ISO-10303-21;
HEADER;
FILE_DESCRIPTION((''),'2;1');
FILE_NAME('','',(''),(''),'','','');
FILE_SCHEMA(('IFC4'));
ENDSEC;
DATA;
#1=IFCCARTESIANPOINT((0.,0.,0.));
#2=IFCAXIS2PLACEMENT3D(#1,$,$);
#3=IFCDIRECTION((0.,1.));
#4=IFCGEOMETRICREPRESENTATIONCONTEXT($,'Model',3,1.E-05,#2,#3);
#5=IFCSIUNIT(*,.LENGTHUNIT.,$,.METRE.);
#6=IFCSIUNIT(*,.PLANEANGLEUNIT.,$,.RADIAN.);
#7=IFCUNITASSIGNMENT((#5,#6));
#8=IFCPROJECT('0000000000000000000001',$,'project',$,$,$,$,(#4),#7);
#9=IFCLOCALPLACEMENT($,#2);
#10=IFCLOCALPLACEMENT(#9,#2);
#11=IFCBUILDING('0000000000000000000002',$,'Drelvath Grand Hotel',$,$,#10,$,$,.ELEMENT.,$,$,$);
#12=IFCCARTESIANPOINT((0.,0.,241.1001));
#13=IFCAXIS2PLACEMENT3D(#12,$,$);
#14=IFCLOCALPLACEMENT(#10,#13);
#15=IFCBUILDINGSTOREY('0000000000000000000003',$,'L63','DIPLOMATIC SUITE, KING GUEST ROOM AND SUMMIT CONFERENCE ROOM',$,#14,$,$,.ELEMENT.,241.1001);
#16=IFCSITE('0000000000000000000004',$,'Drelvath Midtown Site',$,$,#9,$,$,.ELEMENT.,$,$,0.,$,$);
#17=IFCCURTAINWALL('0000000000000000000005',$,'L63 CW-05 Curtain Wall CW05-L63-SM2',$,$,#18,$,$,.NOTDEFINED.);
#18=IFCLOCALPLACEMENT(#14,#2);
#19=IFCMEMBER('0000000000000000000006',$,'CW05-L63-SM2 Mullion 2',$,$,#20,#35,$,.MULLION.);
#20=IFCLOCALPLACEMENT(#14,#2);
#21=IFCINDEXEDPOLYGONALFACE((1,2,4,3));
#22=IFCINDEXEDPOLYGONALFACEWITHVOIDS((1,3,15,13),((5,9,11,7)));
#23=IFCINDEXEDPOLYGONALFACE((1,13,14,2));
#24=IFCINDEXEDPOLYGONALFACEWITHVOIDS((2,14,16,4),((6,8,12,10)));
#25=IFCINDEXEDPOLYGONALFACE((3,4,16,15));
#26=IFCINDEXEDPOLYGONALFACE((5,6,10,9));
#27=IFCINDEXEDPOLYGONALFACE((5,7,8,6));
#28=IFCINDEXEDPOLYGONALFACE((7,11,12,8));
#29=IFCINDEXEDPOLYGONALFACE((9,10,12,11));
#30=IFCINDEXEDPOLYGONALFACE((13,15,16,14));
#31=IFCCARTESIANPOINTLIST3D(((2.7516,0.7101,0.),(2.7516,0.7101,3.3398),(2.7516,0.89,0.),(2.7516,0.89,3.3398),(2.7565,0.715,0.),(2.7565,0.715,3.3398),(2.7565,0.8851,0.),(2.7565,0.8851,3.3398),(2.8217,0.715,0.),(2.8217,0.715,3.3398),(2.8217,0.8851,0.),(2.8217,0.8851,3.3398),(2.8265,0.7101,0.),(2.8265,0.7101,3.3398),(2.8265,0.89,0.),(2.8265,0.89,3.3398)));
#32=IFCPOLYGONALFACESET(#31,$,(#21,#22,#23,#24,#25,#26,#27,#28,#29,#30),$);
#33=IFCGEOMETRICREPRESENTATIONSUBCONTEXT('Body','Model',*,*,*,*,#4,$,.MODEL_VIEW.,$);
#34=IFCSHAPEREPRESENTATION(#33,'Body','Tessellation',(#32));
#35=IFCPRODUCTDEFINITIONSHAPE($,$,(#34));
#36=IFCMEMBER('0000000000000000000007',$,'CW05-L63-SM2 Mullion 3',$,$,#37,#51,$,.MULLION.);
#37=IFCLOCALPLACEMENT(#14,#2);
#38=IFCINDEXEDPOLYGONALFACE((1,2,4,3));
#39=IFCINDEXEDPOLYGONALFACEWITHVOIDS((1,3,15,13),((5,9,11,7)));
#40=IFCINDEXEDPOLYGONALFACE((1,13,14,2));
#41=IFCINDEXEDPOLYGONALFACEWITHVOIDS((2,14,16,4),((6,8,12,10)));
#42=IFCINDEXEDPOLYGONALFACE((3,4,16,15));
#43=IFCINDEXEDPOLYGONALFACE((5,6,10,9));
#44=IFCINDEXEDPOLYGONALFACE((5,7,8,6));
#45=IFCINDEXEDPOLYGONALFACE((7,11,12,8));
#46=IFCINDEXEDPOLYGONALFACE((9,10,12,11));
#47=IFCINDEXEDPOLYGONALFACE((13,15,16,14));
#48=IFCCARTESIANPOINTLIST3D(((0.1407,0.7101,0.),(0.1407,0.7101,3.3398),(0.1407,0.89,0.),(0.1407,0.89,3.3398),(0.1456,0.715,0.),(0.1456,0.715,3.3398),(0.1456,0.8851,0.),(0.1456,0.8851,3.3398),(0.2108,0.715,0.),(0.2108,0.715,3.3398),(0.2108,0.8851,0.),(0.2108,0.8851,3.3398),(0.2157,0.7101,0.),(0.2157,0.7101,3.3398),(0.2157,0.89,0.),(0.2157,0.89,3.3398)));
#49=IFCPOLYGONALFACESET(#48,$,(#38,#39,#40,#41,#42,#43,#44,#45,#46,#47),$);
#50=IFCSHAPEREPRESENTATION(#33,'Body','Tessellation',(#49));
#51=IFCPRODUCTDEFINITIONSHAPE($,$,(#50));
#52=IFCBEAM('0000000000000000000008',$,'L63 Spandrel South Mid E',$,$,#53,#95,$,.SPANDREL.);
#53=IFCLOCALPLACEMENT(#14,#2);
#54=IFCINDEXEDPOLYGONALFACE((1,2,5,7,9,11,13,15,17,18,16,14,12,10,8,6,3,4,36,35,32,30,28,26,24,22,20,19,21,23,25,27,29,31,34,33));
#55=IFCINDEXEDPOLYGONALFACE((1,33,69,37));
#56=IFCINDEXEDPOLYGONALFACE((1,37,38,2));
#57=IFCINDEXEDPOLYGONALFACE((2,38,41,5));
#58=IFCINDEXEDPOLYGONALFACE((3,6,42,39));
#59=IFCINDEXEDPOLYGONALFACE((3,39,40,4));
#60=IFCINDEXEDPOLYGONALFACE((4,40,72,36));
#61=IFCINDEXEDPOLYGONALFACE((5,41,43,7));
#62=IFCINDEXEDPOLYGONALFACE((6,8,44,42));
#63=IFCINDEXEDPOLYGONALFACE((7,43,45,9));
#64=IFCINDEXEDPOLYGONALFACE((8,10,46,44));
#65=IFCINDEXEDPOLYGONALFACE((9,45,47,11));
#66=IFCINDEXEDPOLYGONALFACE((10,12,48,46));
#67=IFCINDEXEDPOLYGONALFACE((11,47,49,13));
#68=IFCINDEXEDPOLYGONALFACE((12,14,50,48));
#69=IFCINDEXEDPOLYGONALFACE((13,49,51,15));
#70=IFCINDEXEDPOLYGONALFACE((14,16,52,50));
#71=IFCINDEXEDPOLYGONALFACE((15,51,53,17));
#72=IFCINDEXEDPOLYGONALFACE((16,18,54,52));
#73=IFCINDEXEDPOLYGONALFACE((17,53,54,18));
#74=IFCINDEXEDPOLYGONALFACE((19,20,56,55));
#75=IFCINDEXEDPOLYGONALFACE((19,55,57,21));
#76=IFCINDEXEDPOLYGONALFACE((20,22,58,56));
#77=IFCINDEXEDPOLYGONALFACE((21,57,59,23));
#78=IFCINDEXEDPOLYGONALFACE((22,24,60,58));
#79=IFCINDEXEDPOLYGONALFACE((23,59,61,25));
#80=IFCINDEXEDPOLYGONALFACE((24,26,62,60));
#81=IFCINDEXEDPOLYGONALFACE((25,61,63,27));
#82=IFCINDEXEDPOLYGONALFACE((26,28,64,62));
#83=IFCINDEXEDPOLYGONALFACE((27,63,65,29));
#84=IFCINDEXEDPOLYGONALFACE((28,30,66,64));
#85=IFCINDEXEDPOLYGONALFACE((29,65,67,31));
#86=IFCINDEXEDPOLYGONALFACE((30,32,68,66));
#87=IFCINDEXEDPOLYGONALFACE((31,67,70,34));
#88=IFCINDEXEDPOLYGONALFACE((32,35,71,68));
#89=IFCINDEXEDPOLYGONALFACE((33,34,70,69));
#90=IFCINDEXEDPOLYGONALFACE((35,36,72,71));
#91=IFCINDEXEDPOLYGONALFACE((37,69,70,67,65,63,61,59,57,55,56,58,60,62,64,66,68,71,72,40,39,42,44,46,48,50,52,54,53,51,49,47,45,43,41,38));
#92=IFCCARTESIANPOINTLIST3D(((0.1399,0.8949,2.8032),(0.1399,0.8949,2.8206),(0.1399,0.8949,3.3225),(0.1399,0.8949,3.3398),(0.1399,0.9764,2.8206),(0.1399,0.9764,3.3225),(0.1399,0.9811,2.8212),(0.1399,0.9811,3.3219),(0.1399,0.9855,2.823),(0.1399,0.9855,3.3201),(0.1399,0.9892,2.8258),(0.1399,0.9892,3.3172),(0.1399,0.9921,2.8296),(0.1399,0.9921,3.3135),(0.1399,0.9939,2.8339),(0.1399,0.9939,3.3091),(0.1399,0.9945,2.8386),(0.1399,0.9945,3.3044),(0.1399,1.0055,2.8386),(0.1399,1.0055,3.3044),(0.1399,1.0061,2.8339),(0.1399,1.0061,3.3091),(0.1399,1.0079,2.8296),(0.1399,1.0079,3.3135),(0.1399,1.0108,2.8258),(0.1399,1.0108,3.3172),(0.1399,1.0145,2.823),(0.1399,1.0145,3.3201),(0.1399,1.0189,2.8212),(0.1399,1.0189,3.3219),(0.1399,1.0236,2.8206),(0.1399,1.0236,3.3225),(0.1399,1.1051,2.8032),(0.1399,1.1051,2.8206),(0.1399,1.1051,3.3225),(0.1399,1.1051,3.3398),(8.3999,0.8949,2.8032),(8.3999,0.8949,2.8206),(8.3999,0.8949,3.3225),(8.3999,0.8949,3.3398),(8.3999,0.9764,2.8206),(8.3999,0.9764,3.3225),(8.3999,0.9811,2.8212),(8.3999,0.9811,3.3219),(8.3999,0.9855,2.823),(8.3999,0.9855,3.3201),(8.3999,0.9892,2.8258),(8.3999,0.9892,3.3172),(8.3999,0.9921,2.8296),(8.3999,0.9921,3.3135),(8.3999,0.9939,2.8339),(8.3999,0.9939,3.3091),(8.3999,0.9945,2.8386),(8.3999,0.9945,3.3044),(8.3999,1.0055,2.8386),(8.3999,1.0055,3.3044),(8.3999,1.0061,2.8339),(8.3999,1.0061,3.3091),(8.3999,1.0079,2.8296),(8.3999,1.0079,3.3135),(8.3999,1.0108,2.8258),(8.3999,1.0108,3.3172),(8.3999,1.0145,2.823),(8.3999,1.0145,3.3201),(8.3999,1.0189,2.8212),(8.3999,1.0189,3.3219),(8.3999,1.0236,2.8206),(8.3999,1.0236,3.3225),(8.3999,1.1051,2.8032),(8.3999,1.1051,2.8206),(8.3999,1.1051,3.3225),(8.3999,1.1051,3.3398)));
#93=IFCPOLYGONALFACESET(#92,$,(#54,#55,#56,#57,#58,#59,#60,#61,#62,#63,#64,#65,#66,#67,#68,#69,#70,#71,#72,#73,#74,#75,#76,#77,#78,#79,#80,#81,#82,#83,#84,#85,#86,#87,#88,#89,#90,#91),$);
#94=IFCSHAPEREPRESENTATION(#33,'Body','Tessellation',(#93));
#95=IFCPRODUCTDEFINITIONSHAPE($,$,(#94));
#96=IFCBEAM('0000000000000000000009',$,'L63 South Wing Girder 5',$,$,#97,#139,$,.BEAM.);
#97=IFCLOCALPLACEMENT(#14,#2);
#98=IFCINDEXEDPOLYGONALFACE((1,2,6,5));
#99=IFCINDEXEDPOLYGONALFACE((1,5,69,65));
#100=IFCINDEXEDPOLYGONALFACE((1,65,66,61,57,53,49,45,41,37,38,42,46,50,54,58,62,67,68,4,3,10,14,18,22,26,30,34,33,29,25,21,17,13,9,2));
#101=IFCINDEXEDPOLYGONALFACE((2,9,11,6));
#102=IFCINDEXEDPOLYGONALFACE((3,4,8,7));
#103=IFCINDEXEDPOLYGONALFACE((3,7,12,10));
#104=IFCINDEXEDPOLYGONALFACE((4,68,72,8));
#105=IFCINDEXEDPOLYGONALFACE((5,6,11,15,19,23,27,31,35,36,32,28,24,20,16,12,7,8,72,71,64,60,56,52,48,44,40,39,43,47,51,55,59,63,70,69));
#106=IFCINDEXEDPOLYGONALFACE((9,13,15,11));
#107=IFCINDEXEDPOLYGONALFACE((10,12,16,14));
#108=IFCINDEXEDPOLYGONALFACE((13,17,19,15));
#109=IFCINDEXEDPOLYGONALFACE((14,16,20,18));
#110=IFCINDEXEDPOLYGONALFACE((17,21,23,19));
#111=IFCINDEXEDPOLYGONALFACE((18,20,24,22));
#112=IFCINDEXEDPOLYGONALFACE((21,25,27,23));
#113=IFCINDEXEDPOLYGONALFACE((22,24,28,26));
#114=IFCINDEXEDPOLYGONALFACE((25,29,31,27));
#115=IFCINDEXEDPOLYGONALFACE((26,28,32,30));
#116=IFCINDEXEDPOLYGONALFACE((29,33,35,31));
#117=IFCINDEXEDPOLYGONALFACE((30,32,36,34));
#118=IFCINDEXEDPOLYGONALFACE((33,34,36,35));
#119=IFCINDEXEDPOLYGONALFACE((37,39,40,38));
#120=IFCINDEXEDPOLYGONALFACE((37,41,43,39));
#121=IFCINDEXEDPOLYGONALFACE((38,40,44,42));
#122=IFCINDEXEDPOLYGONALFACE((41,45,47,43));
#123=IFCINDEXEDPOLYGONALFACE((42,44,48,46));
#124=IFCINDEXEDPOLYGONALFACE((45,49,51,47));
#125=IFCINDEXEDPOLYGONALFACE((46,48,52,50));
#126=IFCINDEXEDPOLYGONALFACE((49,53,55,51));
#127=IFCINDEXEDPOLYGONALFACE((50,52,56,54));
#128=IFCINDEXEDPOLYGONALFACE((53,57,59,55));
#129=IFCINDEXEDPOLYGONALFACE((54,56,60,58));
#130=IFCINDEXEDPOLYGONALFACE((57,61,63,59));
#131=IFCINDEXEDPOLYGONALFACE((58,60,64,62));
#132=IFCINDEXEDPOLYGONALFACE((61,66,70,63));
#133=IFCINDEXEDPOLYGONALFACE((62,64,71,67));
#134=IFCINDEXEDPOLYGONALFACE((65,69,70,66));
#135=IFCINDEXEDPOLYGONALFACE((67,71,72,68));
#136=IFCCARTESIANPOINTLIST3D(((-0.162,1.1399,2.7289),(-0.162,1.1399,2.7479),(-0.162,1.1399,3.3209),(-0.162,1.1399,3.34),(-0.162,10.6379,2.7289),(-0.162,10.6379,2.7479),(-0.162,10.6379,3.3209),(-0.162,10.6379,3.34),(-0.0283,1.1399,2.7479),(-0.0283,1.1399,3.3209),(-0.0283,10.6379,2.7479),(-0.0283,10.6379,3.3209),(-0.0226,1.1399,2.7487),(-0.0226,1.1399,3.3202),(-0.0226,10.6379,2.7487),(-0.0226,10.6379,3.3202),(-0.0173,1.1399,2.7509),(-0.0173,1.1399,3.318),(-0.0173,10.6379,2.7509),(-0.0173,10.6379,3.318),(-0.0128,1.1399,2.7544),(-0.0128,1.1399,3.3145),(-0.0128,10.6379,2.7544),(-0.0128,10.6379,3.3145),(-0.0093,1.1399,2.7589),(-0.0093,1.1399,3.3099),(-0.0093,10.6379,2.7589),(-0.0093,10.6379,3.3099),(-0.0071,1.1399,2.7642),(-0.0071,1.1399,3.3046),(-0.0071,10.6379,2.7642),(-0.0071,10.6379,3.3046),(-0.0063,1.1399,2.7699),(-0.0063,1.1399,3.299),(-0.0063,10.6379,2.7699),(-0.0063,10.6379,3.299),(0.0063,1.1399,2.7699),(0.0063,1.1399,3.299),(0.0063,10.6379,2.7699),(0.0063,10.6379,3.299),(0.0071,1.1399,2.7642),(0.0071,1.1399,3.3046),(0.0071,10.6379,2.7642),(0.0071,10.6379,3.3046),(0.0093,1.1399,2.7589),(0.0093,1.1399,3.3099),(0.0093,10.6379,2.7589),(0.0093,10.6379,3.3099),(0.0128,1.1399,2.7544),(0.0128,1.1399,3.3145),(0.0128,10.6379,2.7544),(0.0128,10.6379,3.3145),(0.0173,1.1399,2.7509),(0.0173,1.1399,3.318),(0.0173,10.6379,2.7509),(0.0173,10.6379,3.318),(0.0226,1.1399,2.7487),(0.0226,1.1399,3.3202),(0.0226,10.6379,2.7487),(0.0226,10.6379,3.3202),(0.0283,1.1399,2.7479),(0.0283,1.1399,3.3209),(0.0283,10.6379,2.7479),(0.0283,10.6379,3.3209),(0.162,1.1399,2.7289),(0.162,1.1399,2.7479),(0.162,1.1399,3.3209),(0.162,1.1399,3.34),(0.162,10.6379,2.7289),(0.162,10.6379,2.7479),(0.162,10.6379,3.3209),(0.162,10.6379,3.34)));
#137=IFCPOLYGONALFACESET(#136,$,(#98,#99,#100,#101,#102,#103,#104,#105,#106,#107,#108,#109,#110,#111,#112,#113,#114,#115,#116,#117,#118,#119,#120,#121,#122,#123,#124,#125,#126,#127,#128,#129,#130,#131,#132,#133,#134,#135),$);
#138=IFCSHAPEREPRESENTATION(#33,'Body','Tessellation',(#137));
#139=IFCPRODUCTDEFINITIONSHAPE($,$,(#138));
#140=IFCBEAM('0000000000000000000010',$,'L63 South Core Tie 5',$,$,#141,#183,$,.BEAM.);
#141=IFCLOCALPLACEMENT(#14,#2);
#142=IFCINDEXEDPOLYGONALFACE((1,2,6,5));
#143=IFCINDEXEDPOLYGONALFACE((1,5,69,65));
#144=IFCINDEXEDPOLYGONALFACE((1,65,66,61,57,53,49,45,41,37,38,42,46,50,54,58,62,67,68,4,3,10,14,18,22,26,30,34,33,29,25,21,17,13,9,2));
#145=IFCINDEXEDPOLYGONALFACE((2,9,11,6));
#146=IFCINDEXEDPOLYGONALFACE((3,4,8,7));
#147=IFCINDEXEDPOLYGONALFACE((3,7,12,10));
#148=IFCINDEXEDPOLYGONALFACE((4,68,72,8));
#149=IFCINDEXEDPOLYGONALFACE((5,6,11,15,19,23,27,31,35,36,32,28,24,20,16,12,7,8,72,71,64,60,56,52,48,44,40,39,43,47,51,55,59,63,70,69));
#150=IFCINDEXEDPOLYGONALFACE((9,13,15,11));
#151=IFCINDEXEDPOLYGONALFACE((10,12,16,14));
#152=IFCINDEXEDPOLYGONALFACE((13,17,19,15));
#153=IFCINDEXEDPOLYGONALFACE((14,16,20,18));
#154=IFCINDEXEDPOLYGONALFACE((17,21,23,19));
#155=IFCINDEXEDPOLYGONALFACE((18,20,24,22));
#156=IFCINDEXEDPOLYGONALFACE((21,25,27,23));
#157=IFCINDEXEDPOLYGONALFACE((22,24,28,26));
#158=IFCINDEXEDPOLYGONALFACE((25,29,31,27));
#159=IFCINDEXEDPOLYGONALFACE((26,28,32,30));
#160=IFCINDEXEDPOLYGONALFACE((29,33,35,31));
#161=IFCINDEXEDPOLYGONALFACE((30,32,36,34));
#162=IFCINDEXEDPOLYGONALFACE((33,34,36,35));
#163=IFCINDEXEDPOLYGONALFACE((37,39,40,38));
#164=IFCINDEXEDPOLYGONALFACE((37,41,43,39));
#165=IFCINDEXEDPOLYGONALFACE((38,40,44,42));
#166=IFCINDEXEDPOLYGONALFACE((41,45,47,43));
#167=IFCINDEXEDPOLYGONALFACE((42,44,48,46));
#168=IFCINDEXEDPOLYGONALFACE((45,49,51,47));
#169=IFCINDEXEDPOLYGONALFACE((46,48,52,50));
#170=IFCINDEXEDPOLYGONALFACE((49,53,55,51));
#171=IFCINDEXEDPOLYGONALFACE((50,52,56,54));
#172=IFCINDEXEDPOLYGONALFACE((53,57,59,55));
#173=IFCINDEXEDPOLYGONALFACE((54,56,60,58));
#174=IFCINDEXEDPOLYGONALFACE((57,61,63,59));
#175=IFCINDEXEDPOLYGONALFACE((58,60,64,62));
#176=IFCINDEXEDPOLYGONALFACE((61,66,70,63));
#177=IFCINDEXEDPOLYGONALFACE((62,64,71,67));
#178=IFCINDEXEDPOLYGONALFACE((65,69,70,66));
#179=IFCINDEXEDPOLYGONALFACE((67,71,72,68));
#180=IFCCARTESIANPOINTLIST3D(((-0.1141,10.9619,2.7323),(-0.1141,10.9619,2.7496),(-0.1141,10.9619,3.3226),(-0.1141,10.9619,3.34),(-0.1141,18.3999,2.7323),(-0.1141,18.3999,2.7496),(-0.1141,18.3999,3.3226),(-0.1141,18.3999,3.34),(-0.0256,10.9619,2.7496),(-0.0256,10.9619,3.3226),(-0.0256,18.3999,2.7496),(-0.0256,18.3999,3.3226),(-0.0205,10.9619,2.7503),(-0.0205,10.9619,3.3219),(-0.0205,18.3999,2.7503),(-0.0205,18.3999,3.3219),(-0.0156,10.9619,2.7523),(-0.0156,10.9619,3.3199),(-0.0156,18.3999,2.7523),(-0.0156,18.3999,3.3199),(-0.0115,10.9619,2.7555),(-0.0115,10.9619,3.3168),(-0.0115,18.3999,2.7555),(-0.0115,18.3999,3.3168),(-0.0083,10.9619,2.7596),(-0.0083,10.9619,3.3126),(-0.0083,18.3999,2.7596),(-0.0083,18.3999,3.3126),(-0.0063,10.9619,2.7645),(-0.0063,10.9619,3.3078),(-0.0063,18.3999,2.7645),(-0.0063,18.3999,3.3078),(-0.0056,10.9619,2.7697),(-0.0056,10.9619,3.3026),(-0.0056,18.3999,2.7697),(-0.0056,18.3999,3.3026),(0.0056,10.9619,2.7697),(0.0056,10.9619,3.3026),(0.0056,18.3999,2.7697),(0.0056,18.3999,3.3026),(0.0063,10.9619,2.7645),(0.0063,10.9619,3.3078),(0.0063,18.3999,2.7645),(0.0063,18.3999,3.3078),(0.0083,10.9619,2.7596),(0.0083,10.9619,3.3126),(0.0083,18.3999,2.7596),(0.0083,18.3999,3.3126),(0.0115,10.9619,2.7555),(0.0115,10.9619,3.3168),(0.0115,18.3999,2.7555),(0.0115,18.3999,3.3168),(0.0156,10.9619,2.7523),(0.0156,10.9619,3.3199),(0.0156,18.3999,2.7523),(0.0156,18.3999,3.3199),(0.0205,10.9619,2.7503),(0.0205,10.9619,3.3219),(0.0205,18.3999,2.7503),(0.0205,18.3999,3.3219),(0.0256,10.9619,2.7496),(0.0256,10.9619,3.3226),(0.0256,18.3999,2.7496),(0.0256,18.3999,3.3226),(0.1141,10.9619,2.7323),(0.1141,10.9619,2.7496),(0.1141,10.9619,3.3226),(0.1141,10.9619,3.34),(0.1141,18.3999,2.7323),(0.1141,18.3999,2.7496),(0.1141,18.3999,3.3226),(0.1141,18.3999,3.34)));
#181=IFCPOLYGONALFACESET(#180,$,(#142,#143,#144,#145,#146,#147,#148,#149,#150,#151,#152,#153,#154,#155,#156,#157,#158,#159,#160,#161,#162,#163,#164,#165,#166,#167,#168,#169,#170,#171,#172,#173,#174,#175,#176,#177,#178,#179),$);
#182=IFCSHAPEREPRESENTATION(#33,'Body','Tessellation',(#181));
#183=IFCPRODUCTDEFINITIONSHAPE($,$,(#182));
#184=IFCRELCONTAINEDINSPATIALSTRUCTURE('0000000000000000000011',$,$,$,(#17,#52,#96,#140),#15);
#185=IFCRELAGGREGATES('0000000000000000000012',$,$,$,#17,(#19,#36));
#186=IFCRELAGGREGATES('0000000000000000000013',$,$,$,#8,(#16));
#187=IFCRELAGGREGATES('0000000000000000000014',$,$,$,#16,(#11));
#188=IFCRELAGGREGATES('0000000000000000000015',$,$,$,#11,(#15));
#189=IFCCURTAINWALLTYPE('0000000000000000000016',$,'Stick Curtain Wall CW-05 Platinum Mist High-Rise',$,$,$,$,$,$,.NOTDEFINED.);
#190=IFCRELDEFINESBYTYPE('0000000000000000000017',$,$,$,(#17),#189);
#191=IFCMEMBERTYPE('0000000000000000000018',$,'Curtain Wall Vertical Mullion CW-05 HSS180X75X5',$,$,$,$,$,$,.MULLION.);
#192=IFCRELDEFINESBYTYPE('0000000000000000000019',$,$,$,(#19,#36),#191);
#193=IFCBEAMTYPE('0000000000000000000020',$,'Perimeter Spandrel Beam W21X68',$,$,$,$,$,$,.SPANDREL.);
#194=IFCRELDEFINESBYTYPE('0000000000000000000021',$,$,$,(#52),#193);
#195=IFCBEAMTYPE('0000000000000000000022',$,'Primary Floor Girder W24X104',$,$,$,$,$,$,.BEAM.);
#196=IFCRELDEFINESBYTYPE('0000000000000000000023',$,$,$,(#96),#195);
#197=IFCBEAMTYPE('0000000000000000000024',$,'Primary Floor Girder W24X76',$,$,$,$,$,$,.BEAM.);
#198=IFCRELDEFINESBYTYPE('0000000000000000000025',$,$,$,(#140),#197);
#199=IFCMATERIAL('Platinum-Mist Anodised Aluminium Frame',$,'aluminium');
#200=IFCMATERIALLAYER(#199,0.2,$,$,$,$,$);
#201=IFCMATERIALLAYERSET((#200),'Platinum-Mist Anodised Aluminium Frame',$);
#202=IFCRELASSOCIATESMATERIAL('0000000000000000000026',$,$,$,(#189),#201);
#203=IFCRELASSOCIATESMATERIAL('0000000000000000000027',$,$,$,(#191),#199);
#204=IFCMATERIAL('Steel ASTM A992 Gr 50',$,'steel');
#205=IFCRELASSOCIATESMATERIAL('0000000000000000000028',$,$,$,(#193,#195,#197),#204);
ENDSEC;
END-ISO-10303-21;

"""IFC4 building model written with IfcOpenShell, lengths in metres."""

from ifc_helpers import new_model, si_unit, direction, frame, origin, origin_2d, place, context, subcontext, project, spatial, hollow_rectangle, i_section, extrude, material, layer, layer_set, material_profile, profile_set, type_object, element, aggregate, save


model = new_model("IFC4")

# Units and contexts
model_context = context("Model", 3, precision=1e-05, world=origin(), true_north=direction((0.0, 1.0)))
body_context = subcontext(model_context, "Body", "Model", "MODEL_VIEW")
ifc_project = project(units=[si_unit("LENGTHUNIT", "METRE"), si_unit("PLANEANGLEUNIT", "RADIAN")], contexts=[model_context])

# Site, building, storey
site_placement = place(None, origin())
site = spatial("IfcSite", under=ifc_project, at=site_placement, Name="Drelvath Midtown Site", CompositionType="ELEMENT", RefElevation=0.0)
building_placement = place(site_placement, origin())
building = spatial("IfcBuilding", under=site, at=building_placement, Name="Drelvath Grand Hotel", CompositionType="ELEMENT")
storey_placement = place(building_placement, frame((0.0, 0.0, 241.1001)))
storey = spatial("IfcBuildingStorey", under=building, at=storey_placement, Name="L63", Description="DIPLOMATIC SUITE, KING GUEST ROOM AND SUMMIT CONFERENCE ROOM", CompositionType="ELEMENT", Elevation=241.1001)

# Curtain wall
ifc_material_1 = material(Name="Platinum-Mist Anodised Aluminium Frame", Category="aluminium")
ifc_layer_1 = layer(ifc_material_1, 0.2)
ifc_layer_set_1 = layer_set([ifc_layer_1], Name="Platinum-Mist Anodised Aluminium Frame")
curtain_wall_type = type_object("IfcCurtainWallType", Name="Stick Curtain Wall CW-05 Platinum Mist High-Rise", PredefinedType="NOTDEFINED", material=ifc_layer_set_1)
curtain_wall_1_placement = place(storey_placement, origin())
curtain_wall_1 = element("IfcCurtainWall", 1, at=curtain_wall_1_placement, inside=storey, type_object=curtain_wall_type, Name="L63 CW-05 Curtain Wall CW05-L63-SM2", PredefinedType="NOTDEFINED")

# Members
ifc_material_profile_1 = material_profile(ifc_material_1, hollow_rectangle(XDim=0.075, YDim=0.1799, WallThickness=0.0049, at=origin_2d()), Name="HSS180X75X5")
ifc_profile_set_1 = profile_set([ifc_material_profile_1], Name="Platinum-Mist Anodised Aluminium Frame")
member_type_1 = type_object("IfcMemberType", Name="Curtain Wall Vertical Mullion CW-05 HSS180X75X5", PredefinedType="MULLION", material=ifc_profile_set_1)
member_1_placement = place(storey_placement, frame((2.7891, 0.8, 0.0), z_axis=(0.0, 0.0, 1.0), x_axis=(1.0, 0.0, 0.0)))
member_1 = element("IfcMember", 2, at=member_1_placement, type_object=member_type_1, Name="CW05-L63-SM2 Mullion 2", PredefinedType="MULLION", context=body_context, shape_type="SweptSolid", body=[
    extrude(hollow_rectangle(XDim=0.075, YDim=0.1799, WallThickness=0.0049, at=origin_2d()), origin(), (0.0, 0.0, 1.0), 3.3398),
])
member_2_placement = place(storey_placement, frame((0.1782, 0.8, 0.0), z_axis=(0.0, 0.0, 1.0), x_axis=(1.0, 0.0, 0.0)))
member_2 = element("IfcMember", 3, at=member_2_placement, type_object=member_type_1, Name="CW05-L63-SM2 Mullion 3", PredefinedType="MULLION", context=body_context, shape_type="SweptSolid", body=[
    extrude(hollow_rectangle(XDim=0.075, YDim=0.1799, WallThickness=0.0049, at=origin_2d()), origin(), (0.0, 0.0, 1.0), 3.3398),
])

# Beams
ifc_material_2 = material(Name="Steel ASTM A992 Gr 50", Category="steel")
ifc_material_profile_2 = material_profile(ifc_material_2, i_section(OverallWidth=0.2102, OverallDepth=0.5366, WebThickness=0.011, FlangeThickness=0.0173, FilletRadius=0.0181, at=origin_2d()), Name="W21X68")
ifc_profile_set_2 = profile_set([ifc_material_profile_2], Name="Steel ASTM A992 Gr 50")
beam_type_1 = type_object("IfcBeamType", Name="Perimeter Spandrel Beam W21X68", PredefinedType="SPANDREL", material=ifc_profile_set_2)
beam_1_placement = place(storey_placement, frame((0.1399, 1.0, 3.0715), z_axis=(1.0, 0.0, 0.0), x_axis=(0.0, 1.0, 0.0)))
element("IfcBeam", 4, at=beam_1_placement, inside=storey, type_object=beam_type_1, Name="L63 Spandrel South Mid E", PredefinedType="SPANDREL", context=body_context, shape_type="SweptSolid", body=[
    extrude(i_section(OverallWidth=0.2102, OverallDepth=0.5366, WebThickness=0.011, FlangeThickness=0.0173, FilletRadius=0.0181, at=origin_2d()), origin(), (0.0, 0.0, 1.0), 8.26),
])
ifc_material_profile_3 = material_profile(ifc_material_2, i_section(OverallWidth=0.324, OverallDepth=0.6111, WebThickness=0.0127, FlangeThickness=0.019, FilletRadius=0.022, at=origin_2d()), Name="W24X104")
ifc_profile_set_3 = profile_set([ifc_material_profile_3], Name="Steel ASTM A992 Gr 50")
beam_type_2 = type_object("IfcBeamType", Name="Primary Floor Girder W24X104", PredefinedType="BEAM", material=ifc_profile_set_3)
beam_2_placement = place(storey_placement, frame((0.0, 1.1399, 3.0344), z_axis=(0.0, 1.0, 0.0), x_axis=(-1.0, 0.0, 0.0)))
element("IfcBeam", 5, at=beam_2_placement, inside=storey, type_object=beam_type_2, Name="L63 South Wing Girder 5", PredefinedType="BEAM", context=body_context, shape_type="SweptSolid", body=[
    extrude(i_section(OverallWidth=0.324, OverallDepth=0.6111, WebThickness=0.0127, FlangeThickness=0.019, FilletRadius=0.022, at=origin_2d()), origin(), (0.0, 0.0, 1.0), 9.498),
])
ifc_material_profile_4 = material_profile(ifc_material_2, i_section(OverallWidth=0.2283, OverallDepth=0.6077, WebThickness=0.0112, FlangeThickness=0.0173, FilletRadius=0.02, at=origin_2d()), Name="W24X76")
ifc_profile_set_4 = profile_set([ifc_material_profile_4], Name="Steel ASTM A992 Gr 50")
beam_type_3 = type_object("IfcBeamType", Name="Primary Floor Girder W24X76", PredefinedType="BEAM", material=ifc_profile_set_4)
beam_3_placement = place(storey_placement, frame((0.0, 10.9619, 3.0361), z_axis=(0.0, 1.0, 0.0), x_axis=(-1.0, 0.0, 0.0)))
element("IfcBeam", 6, at=beam_3_placement, inside=storey, type_object=beam_type_3, Name="L63 South Core Tie 5", PredefinedType="BEAM", context=body_context, shape_type="SweptSolid", body=[
    extrude(i_section(OverallWidth=0.2283, OverallDepth=0.6077, WebThickness=0.0112, FlangeThickness=0.0173, FilletRadius=0.02, at=origin_2d()), origin(), (0.0, 0.0, 1.0), 7.438),
])

aggregate(curtain_wall_1, [member_1, member_2])

save(model, "model.ifc")
